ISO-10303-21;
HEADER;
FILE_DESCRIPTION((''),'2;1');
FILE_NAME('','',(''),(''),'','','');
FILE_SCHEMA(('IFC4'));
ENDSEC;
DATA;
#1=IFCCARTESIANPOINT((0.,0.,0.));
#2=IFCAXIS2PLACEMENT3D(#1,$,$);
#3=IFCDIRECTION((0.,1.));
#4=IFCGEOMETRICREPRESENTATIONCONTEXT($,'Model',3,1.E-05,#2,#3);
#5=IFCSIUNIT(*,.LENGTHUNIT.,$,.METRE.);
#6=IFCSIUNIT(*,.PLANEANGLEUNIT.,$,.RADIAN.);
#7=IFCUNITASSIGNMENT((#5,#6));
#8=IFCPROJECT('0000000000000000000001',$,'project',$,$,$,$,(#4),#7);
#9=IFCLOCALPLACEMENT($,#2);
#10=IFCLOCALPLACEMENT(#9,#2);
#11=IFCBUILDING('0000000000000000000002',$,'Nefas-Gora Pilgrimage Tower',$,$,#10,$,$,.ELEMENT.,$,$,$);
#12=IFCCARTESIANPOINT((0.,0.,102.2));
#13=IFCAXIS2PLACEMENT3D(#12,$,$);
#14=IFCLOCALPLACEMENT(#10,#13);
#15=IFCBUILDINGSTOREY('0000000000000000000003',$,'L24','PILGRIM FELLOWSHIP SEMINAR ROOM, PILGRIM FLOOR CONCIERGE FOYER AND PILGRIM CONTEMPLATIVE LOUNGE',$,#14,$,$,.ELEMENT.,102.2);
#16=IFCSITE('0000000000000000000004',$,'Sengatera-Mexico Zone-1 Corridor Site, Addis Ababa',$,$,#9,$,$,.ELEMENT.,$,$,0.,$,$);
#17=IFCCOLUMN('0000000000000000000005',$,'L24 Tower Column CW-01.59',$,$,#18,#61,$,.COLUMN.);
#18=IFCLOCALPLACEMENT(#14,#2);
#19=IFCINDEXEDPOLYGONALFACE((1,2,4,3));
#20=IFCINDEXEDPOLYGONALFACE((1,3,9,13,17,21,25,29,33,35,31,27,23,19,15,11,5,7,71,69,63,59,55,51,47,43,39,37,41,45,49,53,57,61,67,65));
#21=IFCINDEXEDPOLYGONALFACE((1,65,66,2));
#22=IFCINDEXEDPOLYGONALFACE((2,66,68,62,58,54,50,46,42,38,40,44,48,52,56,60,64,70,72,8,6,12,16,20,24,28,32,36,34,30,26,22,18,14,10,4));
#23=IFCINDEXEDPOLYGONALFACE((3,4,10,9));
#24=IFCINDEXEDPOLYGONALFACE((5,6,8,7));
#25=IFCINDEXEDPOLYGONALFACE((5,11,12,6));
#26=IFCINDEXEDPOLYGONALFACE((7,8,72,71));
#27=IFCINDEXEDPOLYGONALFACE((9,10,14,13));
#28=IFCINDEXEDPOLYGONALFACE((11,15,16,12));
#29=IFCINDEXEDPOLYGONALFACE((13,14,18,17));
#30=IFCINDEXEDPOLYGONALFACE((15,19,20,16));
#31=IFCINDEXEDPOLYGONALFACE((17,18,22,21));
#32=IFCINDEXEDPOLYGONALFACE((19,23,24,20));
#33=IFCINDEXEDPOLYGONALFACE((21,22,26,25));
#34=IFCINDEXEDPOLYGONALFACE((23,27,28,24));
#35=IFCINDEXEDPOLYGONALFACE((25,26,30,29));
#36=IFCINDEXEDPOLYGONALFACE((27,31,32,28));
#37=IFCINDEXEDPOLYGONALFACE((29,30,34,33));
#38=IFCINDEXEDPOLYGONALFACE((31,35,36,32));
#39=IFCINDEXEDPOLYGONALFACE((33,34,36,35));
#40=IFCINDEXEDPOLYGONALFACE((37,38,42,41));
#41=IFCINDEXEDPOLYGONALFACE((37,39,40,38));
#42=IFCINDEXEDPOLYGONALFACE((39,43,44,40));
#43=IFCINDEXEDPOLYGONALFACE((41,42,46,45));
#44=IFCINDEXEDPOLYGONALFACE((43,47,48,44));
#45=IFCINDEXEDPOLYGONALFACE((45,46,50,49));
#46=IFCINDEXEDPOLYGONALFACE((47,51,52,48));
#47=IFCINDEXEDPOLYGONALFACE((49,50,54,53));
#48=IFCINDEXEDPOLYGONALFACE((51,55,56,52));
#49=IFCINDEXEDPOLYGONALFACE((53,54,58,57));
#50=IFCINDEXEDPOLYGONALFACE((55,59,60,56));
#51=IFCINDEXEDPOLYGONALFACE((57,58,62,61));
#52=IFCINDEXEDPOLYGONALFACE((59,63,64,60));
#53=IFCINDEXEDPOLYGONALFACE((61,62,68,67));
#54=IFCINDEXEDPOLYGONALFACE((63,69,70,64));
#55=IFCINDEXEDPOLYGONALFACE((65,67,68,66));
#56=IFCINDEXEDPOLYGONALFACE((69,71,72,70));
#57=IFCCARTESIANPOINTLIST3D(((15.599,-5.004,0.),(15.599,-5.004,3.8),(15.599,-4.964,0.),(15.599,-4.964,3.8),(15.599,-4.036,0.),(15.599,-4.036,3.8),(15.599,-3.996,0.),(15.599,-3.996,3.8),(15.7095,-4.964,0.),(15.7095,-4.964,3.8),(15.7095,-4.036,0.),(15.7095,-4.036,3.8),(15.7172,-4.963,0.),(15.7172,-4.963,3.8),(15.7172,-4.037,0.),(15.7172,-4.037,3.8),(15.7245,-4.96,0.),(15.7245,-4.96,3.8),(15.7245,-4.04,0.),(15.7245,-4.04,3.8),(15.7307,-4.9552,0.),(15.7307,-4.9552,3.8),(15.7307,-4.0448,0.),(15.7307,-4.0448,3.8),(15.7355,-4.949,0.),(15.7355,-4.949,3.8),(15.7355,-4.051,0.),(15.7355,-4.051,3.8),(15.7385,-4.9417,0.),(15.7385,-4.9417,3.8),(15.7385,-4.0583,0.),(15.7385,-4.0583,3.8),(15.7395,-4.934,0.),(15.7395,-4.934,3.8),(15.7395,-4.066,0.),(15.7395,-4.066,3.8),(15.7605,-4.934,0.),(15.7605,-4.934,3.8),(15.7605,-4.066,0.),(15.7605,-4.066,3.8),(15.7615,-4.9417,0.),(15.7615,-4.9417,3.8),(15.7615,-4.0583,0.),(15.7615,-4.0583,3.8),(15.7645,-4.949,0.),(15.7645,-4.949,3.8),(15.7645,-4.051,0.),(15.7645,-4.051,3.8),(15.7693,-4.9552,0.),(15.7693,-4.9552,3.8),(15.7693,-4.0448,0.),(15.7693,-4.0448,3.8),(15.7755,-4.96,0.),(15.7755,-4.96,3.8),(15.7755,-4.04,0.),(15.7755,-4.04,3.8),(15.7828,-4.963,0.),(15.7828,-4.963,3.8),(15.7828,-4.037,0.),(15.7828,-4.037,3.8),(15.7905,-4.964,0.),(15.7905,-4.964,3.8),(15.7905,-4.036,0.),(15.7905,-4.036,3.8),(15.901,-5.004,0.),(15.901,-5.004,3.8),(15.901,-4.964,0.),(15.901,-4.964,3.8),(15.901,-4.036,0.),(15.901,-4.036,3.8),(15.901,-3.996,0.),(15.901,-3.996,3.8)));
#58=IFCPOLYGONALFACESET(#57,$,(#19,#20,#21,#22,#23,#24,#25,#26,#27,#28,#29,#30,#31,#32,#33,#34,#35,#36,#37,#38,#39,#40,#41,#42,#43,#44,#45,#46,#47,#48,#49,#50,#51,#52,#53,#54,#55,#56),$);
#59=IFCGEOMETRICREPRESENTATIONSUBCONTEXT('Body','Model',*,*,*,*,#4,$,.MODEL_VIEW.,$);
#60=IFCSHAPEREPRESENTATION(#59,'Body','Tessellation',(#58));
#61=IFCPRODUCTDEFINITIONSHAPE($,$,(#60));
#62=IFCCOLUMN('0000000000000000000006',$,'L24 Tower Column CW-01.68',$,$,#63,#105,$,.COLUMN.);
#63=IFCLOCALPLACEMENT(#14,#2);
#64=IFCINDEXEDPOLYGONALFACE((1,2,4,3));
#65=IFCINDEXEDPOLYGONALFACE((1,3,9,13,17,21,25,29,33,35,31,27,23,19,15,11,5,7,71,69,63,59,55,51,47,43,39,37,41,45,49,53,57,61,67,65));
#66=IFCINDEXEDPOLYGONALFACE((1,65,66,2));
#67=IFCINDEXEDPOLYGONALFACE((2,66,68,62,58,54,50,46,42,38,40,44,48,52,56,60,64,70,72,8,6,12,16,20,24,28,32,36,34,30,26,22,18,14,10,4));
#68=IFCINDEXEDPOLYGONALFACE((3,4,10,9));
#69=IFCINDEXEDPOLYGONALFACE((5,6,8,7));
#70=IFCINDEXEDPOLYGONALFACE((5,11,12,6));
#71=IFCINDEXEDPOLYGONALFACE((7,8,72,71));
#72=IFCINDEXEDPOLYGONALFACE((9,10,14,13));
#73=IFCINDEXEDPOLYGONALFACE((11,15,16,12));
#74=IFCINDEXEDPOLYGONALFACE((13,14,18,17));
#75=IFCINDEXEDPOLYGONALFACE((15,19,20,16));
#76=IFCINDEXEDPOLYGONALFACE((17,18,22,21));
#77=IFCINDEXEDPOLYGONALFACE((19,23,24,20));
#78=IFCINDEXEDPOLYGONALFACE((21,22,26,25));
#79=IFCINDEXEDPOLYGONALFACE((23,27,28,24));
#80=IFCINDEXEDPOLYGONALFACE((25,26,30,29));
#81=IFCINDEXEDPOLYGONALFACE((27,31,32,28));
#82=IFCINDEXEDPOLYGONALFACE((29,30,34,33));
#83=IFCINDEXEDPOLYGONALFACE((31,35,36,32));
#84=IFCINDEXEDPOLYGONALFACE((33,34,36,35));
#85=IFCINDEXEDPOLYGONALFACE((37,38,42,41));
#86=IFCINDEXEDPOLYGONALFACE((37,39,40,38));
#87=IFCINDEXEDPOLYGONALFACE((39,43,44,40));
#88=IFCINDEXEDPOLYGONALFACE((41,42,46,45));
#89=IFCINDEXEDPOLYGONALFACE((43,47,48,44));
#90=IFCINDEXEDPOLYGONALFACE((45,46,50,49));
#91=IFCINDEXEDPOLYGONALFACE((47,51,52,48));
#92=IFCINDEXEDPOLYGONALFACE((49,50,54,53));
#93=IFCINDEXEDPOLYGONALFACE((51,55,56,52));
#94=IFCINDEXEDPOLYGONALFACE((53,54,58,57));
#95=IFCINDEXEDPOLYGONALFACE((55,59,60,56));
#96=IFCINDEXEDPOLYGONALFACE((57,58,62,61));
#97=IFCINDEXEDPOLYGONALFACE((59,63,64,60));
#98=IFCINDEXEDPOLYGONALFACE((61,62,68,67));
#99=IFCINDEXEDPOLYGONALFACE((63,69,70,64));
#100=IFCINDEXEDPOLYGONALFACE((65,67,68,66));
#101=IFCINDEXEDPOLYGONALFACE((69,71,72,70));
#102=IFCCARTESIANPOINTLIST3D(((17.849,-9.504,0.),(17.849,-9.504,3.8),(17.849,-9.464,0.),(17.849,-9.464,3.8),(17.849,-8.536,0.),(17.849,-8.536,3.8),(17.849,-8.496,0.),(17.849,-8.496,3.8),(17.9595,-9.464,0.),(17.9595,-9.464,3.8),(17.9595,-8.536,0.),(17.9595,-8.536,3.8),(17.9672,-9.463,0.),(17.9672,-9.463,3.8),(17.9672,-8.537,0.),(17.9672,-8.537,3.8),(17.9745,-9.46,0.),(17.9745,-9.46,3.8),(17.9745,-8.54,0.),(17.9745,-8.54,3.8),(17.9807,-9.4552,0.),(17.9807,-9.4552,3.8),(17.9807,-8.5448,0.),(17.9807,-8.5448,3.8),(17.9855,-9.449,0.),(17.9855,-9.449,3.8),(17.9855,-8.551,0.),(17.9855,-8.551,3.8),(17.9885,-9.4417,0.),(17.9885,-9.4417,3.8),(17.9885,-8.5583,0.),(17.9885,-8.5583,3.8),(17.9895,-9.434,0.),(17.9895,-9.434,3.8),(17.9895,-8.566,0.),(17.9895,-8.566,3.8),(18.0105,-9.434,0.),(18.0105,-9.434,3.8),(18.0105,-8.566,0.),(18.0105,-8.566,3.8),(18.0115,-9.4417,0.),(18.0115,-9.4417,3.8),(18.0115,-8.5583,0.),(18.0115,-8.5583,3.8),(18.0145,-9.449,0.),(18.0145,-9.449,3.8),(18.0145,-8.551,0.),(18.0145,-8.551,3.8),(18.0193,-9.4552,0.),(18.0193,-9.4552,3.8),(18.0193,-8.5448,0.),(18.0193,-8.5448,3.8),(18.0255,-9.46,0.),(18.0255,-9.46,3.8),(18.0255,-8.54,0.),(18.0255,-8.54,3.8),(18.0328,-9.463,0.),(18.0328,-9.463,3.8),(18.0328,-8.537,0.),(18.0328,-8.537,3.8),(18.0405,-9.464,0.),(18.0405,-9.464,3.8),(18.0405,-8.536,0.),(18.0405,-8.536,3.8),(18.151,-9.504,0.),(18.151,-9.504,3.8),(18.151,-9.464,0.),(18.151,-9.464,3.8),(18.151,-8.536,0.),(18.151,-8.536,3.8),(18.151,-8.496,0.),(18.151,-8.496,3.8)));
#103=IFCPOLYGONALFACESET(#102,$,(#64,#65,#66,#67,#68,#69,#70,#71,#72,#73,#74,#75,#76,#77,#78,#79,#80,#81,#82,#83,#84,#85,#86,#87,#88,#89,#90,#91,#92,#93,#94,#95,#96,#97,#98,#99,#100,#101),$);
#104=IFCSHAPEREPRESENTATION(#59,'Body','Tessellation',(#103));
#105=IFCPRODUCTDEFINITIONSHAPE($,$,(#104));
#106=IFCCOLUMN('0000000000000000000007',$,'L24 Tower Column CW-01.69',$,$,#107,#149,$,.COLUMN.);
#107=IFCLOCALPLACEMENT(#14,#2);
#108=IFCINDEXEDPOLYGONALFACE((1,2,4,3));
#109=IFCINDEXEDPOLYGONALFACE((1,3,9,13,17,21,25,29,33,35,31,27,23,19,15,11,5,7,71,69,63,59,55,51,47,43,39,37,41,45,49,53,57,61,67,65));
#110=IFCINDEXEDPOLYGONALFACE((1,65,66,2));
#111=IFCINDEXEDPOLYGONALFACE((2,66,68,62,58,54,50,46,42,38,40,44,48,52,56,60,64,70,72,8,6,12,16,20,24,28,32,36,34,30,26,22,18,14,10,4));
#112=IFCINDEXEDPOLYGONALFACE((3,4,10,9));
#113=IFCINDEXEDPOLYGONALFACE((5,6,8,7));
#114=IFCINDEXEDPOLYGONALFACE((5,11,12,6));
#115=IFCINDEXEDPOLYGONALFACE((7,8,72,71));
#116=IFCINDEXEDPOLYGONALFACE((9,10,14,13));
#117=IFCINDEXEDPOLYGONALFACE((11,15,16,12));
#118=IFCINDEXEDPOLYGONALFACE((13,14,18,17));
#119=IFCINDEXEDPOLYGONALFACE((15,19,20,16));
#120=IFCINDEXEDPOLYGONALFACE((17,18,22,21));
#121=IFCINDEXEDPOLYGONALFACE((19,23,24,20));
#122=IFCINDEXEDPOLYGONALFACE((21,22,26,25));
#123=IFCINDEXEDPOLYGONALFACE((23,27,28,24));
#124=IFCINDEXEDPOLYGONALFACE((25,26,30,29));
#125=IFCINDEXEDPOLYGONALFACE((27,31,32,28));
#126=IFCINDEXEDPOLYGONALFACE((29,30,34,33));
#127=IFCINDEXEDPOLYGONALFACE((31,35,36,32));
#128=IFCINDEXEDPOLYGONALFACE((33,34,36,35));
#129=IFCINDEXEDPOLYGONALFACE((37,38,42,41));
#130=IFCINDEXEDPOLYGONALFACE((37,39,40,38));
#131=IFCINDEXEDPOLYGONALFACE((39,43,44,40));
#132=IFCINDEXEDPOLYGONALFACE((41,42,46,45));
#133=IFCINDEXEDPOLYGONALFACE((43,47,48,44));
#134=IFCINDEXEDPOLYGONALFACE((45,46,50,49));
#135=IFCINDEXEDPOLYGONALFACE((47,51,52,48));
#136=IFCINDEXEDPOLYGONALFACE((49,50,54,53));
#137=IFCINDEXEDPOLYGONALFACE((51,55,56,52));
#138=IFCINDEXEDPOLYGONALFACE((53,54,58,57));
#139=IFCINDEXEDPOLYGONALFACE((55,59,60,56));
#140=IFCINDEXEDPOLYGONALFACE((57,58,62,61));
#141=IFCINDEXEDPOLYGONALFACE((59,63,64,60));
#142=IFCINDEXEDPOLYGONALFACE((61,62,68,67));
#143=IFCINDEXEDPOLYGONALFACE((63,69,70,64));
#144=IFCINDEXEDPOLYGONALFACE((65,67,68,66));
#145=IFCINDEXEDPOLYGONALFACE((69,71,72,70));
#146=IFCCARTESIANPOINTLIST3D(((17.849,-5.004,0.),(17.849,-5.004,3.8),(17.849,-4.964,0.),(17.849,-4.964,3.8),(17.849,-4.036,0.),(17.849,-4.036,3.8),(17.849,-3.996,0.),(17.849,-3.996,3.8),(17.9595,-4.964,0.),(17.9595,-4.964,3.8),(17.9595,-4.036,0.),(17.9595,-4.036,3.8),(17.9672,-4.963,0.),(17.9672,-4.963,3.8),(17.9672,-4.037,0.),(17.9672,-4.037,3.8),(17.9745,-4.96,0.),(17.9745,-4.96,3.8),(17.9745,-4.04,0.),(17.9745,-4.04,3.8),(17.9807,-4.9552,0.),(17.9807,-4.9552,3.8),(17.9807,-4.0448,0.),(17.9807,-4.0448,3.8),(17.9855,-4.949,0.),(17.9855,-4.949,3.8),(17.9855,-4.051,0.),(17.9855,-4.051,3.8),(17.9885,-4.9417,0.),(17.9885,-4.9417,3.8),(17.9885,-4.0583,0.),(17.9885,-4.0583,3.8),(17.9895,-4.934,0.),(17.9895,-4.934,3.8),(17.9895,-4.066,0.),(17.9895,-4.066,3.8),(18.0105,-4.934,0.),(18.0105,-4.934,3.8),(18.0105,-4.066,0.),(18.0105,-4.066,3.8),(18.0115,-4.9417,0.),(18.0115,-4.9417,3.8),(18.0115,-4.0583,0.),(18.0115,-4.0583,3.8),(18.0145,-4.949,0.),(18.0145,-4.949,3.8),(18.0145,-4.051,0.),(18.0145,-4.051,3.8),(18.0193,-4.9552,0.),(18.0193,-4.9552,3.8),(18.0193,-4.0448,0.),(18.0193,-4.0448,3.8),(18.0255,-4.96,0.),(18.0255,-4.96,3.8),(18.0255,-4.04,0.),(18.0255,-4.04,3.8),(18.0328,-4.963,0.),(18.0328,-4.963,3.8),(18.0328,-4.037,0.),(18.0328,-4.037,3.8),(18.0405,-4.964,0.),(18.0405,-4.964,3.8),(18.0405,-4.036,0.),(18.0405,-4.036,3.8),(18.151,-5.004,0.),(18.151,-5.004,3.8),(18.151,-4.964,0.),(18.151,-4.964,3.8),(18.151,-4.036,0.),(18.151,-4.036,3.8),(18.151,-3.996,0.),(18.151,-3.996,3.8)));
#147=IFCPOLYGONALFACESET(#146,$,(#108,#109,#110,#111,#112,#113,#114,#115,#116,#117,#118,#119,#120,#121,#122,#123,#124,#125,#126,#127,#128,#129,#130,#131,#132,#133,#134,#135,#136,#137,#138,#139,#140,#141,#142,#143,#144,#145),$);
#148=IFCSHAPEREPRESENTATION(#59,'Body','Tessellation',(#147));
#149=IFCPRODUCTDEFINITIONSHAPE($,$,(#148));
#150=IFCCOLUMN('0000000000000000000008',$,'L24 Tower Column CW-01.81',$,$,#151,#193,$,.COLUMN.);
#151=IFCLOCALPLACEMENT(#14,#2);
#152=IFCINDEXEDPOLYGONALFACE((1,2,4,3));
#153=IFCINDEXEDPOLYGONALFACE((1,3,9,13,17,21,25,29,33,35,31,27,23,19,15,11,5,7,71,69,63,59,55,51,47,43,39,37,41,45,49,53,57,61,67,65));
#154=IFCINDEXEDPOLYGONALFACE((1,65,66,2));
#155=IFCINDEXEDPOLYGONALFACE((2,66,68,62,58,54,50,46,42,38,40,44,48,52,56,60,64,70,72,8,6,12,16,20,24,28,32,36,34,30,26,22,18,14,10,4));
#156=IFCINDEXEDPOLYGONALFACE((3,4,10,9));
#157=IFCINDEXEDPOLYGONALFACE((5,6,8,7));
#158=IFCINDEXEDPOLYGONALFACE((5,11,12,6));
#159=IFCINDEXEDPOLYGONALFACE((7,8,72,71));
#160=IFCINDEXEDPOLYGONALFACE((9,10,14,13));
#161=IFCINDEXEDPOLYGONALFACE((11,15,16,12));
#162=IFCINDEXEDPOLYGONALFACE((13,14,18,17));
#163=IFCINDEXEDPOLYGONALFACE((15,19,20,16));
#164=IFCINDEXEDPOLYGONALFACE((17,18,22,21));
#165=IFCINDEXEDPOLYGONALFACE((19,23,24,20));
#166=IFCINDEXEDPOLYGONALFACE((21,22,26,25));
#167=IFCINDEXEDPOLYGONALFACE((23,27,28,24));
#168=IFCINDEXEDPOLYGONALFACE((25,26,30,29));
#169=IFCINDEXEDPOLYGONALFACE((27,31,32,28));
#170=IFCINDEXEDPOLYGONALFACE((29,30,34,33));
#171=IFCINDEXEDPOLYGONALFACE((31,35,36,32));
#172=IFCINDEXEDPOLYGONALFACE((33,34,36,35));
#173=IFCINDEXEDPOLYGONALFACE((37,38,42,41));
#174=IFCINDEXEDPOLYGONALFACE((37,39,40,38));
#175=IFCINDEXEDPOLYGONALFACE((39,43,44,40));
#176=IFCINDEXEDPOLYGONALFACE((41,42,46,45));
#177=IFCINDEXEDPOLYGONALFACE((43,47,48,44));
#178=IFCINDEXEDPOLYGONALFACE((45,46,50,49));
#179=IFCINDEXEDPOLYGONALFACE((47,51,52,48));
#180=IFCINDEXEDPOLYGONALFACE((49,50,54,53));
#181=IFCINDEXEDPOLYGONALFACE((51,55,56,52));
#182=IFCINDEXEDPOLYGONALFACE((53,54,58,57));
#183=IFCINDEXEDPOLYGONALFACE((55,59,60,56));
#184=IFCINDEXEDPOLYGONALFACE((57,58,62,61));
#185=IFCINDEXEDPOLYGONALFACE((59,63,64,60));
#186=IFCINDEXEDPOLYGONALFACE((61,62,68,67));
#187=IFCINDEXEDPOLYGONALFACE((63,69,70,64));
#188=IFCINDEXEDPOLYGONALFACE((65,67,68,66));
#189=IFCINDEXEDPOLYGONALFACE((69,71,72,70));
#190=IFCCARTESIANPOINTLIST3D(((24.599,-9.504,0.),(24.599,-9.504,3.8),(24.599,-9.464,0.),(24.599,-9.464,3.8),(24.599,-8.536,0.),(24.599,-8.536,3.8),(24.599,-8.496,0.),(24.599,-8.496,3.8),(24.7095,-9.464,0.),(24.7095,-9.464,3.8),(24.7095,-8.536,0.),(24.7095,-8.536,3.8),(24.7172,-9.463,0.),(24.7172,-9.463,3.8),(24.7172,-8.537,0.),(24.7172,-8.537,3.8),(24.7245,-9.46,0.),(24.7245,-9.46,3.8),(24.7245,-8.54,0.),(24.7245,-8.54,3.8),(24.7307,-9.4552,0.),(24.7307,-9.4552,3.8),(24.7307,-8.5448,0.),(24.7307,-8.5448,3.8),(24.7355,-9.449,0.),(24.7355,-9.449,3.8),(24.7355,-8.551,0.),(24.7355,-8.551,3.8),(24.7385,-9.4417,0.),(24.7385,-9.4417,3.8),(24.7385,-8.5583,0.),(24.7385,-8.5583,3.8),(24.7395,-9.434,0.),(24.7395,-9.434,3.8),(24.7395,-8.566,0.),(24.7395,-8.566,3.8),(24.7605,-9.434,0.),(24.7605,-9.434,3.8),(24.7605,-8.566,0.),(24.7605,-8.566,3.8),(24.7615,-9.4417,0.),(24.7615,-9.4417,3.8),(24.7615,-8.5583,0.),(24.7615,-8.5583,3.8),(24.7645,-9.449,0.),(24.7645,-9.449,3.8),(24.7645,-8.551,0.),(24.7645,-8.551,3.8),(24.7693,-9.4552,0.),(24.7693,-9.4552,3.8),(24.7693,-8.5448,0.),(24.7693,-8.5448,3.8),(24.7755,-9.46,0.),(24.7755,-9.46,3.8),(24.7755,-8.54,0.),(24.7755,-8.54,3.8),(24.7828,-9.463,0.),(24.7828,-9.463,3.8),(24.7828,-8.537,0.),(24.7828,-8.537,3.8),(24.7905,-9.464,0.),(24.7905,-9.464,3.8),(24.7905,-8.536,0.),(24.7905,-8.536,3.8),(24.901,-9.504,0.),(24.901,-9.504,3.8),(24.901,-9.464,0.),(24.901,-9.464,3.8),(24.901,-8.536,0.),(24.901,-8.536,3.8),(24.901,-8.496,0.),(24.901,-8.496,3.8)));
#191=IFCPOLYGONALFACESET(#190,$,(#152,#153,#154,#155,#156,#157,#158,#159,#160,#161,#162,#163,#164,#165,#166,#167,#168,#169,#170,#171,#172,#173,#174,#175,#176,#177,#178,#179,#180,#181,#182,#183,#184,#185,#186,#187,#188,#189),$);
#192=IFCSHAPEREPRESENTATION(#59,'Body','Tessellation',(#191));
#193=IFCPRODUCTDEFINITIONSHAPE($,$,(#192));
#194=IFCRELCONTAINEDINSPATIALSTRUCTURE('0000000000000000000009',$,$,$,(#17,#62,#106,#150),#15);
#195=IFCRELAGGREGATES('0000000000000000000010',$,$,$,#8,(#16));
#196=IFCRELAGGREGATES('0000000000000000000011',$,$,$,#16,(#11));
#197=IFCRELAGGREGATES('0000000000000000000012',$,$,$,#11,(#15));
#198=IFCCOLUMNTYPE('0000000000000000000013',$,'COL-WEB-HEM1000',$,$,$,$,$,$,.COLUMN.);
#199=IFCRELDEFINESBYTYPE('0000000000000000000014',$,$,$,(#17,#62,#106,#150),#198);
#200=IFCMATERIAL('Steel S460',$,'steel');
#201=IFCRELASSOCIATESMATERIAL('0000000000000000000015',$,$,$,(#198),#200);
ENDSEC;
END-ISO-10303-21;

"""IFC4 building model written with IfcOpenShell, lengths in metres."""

from ifc_helpers import new_model, si_unit, direction, frame, origin, origin_2d, place, context, subcontext, project, spatial, i_section, extrude, source, transform, mapped, material, material_profile, profile_set, type_object, element, save


model = new_model("IFC4")

# Units and contexts
model_context = context("Model", 3, precision=1e-05, world=origin(), true_north=direction((0.0, 1.0)))
body_context = subcontext(model_context, "Body", "Model", "MODEL_VIEW")
ifc_project = project(units=[si_unit("LENGTHUNIT", "METRE"), si_unit("PLANEANGLEUNIT", "RADIAN")], contexts=[model_context])

# Site, building, storey
site_placement = place(None, origin())
site = spatial("IfcSite", under=ifc_project, at=site_placement, Name="Sengatera-Mexico Zone-1 Corridor Site, Addis Ababa", CompositionType="ELEMENT", RefElevation=0.0)
building_placement = place(site_placement, origin())
building = spatial("IfcBuilding", under=site, at=building_placement, Name="Nefas-Gora Pilgrimage Tower", CompositionType="ELEMENT")
storey_placement = place(building_placement, frame((0.0, 0.0, 102.2)))
storey = spatial("IfcBuildingStorey", under=building, at=storey_placement, Name="L24", Description="PILGRIM FELLOWSHIP SEMINAR ROOM, PILGRIM FLOOR CONCIERGE FOYER AND PILGRIM CONTEMPLATIVE LOUNGE", CompositionType="ELEMENT", Elevation=102.2)

# Columns
ifc_material_1 = material(Name="Steel S460", Category="steel")
ifc_material_profile_1 = material_profile(ifc_material_1, i_section(OverallWidth=0.302, OverallDepth=1.0081, WebThickness=0.021, FlangeThickness=0.04, FilletRadius=0.03, at=origin_2d()), Name="HEM 1000")
ifc_profile_set_1 = profile_set([ifc_material_profile_1], Name="Steel S460")
column_type_1 = type_object("IfcColumnType", Name="COL-WEB-HEM1000", PredefinedType="COLUMN", material=ifc_profile_set_1)
shared_shape_1 = source(origin(), body_context, "Body", "SweptSolid", [
    extrude(i_section(OverallWidth=0.302, OverallDepth=1.0081, WebThickness=0.021, FlangeThickness=0.04, FilletRadius=0.03, at=origin_2d()), origin(), (0.0, 0.0, 1.0), 3.8),
])
for number, where, z_axis, x_axis, name in (
    (1, (15.75, -4.5, 0.0), (0.0, 0.0, 1.0), (1.0, 0.0, 0.0), "L24 Tower Column CW-01.59"),
    (2, (18.0, -9.0, 0.0), (0.0, 0.0, 1.0), (1.0, 0.0, 0.0), "L24 Tower Column CW-01.68"),
    (3, (18.0, -4.5, 0.0), (0.0, 0.0, 1.0), (1.0, 0.0, 0.0), "L24 Tower Column CW-01.69"),
    (4, (24.75, -9.0, 0.0), (0.0, 0.0, 1.0), (1.0, 0.0, 0.0), "L24 Tower Column CW-01.81"),
):
    element("IfcColumn", number, at=place(storey_placement, frame(where, z_axis=z_axis, x_axis=x_axis)), inside=storey, type_object=column_type_1, Name=name, PredefinedType="COLUMN", context=body_context, shape_type="MappedRepresentation", body=[
        mapped(shared_shape_1, transform((0.0, 0.0, 0.0), x_axis=(1.0, 0.0, 0.0), y_axis=(0.0, 1.0, 0.0), z_axis=(0.0, 0.0, 1.0), scale=1.0)),
    ])

save(model, "model.ifc")
